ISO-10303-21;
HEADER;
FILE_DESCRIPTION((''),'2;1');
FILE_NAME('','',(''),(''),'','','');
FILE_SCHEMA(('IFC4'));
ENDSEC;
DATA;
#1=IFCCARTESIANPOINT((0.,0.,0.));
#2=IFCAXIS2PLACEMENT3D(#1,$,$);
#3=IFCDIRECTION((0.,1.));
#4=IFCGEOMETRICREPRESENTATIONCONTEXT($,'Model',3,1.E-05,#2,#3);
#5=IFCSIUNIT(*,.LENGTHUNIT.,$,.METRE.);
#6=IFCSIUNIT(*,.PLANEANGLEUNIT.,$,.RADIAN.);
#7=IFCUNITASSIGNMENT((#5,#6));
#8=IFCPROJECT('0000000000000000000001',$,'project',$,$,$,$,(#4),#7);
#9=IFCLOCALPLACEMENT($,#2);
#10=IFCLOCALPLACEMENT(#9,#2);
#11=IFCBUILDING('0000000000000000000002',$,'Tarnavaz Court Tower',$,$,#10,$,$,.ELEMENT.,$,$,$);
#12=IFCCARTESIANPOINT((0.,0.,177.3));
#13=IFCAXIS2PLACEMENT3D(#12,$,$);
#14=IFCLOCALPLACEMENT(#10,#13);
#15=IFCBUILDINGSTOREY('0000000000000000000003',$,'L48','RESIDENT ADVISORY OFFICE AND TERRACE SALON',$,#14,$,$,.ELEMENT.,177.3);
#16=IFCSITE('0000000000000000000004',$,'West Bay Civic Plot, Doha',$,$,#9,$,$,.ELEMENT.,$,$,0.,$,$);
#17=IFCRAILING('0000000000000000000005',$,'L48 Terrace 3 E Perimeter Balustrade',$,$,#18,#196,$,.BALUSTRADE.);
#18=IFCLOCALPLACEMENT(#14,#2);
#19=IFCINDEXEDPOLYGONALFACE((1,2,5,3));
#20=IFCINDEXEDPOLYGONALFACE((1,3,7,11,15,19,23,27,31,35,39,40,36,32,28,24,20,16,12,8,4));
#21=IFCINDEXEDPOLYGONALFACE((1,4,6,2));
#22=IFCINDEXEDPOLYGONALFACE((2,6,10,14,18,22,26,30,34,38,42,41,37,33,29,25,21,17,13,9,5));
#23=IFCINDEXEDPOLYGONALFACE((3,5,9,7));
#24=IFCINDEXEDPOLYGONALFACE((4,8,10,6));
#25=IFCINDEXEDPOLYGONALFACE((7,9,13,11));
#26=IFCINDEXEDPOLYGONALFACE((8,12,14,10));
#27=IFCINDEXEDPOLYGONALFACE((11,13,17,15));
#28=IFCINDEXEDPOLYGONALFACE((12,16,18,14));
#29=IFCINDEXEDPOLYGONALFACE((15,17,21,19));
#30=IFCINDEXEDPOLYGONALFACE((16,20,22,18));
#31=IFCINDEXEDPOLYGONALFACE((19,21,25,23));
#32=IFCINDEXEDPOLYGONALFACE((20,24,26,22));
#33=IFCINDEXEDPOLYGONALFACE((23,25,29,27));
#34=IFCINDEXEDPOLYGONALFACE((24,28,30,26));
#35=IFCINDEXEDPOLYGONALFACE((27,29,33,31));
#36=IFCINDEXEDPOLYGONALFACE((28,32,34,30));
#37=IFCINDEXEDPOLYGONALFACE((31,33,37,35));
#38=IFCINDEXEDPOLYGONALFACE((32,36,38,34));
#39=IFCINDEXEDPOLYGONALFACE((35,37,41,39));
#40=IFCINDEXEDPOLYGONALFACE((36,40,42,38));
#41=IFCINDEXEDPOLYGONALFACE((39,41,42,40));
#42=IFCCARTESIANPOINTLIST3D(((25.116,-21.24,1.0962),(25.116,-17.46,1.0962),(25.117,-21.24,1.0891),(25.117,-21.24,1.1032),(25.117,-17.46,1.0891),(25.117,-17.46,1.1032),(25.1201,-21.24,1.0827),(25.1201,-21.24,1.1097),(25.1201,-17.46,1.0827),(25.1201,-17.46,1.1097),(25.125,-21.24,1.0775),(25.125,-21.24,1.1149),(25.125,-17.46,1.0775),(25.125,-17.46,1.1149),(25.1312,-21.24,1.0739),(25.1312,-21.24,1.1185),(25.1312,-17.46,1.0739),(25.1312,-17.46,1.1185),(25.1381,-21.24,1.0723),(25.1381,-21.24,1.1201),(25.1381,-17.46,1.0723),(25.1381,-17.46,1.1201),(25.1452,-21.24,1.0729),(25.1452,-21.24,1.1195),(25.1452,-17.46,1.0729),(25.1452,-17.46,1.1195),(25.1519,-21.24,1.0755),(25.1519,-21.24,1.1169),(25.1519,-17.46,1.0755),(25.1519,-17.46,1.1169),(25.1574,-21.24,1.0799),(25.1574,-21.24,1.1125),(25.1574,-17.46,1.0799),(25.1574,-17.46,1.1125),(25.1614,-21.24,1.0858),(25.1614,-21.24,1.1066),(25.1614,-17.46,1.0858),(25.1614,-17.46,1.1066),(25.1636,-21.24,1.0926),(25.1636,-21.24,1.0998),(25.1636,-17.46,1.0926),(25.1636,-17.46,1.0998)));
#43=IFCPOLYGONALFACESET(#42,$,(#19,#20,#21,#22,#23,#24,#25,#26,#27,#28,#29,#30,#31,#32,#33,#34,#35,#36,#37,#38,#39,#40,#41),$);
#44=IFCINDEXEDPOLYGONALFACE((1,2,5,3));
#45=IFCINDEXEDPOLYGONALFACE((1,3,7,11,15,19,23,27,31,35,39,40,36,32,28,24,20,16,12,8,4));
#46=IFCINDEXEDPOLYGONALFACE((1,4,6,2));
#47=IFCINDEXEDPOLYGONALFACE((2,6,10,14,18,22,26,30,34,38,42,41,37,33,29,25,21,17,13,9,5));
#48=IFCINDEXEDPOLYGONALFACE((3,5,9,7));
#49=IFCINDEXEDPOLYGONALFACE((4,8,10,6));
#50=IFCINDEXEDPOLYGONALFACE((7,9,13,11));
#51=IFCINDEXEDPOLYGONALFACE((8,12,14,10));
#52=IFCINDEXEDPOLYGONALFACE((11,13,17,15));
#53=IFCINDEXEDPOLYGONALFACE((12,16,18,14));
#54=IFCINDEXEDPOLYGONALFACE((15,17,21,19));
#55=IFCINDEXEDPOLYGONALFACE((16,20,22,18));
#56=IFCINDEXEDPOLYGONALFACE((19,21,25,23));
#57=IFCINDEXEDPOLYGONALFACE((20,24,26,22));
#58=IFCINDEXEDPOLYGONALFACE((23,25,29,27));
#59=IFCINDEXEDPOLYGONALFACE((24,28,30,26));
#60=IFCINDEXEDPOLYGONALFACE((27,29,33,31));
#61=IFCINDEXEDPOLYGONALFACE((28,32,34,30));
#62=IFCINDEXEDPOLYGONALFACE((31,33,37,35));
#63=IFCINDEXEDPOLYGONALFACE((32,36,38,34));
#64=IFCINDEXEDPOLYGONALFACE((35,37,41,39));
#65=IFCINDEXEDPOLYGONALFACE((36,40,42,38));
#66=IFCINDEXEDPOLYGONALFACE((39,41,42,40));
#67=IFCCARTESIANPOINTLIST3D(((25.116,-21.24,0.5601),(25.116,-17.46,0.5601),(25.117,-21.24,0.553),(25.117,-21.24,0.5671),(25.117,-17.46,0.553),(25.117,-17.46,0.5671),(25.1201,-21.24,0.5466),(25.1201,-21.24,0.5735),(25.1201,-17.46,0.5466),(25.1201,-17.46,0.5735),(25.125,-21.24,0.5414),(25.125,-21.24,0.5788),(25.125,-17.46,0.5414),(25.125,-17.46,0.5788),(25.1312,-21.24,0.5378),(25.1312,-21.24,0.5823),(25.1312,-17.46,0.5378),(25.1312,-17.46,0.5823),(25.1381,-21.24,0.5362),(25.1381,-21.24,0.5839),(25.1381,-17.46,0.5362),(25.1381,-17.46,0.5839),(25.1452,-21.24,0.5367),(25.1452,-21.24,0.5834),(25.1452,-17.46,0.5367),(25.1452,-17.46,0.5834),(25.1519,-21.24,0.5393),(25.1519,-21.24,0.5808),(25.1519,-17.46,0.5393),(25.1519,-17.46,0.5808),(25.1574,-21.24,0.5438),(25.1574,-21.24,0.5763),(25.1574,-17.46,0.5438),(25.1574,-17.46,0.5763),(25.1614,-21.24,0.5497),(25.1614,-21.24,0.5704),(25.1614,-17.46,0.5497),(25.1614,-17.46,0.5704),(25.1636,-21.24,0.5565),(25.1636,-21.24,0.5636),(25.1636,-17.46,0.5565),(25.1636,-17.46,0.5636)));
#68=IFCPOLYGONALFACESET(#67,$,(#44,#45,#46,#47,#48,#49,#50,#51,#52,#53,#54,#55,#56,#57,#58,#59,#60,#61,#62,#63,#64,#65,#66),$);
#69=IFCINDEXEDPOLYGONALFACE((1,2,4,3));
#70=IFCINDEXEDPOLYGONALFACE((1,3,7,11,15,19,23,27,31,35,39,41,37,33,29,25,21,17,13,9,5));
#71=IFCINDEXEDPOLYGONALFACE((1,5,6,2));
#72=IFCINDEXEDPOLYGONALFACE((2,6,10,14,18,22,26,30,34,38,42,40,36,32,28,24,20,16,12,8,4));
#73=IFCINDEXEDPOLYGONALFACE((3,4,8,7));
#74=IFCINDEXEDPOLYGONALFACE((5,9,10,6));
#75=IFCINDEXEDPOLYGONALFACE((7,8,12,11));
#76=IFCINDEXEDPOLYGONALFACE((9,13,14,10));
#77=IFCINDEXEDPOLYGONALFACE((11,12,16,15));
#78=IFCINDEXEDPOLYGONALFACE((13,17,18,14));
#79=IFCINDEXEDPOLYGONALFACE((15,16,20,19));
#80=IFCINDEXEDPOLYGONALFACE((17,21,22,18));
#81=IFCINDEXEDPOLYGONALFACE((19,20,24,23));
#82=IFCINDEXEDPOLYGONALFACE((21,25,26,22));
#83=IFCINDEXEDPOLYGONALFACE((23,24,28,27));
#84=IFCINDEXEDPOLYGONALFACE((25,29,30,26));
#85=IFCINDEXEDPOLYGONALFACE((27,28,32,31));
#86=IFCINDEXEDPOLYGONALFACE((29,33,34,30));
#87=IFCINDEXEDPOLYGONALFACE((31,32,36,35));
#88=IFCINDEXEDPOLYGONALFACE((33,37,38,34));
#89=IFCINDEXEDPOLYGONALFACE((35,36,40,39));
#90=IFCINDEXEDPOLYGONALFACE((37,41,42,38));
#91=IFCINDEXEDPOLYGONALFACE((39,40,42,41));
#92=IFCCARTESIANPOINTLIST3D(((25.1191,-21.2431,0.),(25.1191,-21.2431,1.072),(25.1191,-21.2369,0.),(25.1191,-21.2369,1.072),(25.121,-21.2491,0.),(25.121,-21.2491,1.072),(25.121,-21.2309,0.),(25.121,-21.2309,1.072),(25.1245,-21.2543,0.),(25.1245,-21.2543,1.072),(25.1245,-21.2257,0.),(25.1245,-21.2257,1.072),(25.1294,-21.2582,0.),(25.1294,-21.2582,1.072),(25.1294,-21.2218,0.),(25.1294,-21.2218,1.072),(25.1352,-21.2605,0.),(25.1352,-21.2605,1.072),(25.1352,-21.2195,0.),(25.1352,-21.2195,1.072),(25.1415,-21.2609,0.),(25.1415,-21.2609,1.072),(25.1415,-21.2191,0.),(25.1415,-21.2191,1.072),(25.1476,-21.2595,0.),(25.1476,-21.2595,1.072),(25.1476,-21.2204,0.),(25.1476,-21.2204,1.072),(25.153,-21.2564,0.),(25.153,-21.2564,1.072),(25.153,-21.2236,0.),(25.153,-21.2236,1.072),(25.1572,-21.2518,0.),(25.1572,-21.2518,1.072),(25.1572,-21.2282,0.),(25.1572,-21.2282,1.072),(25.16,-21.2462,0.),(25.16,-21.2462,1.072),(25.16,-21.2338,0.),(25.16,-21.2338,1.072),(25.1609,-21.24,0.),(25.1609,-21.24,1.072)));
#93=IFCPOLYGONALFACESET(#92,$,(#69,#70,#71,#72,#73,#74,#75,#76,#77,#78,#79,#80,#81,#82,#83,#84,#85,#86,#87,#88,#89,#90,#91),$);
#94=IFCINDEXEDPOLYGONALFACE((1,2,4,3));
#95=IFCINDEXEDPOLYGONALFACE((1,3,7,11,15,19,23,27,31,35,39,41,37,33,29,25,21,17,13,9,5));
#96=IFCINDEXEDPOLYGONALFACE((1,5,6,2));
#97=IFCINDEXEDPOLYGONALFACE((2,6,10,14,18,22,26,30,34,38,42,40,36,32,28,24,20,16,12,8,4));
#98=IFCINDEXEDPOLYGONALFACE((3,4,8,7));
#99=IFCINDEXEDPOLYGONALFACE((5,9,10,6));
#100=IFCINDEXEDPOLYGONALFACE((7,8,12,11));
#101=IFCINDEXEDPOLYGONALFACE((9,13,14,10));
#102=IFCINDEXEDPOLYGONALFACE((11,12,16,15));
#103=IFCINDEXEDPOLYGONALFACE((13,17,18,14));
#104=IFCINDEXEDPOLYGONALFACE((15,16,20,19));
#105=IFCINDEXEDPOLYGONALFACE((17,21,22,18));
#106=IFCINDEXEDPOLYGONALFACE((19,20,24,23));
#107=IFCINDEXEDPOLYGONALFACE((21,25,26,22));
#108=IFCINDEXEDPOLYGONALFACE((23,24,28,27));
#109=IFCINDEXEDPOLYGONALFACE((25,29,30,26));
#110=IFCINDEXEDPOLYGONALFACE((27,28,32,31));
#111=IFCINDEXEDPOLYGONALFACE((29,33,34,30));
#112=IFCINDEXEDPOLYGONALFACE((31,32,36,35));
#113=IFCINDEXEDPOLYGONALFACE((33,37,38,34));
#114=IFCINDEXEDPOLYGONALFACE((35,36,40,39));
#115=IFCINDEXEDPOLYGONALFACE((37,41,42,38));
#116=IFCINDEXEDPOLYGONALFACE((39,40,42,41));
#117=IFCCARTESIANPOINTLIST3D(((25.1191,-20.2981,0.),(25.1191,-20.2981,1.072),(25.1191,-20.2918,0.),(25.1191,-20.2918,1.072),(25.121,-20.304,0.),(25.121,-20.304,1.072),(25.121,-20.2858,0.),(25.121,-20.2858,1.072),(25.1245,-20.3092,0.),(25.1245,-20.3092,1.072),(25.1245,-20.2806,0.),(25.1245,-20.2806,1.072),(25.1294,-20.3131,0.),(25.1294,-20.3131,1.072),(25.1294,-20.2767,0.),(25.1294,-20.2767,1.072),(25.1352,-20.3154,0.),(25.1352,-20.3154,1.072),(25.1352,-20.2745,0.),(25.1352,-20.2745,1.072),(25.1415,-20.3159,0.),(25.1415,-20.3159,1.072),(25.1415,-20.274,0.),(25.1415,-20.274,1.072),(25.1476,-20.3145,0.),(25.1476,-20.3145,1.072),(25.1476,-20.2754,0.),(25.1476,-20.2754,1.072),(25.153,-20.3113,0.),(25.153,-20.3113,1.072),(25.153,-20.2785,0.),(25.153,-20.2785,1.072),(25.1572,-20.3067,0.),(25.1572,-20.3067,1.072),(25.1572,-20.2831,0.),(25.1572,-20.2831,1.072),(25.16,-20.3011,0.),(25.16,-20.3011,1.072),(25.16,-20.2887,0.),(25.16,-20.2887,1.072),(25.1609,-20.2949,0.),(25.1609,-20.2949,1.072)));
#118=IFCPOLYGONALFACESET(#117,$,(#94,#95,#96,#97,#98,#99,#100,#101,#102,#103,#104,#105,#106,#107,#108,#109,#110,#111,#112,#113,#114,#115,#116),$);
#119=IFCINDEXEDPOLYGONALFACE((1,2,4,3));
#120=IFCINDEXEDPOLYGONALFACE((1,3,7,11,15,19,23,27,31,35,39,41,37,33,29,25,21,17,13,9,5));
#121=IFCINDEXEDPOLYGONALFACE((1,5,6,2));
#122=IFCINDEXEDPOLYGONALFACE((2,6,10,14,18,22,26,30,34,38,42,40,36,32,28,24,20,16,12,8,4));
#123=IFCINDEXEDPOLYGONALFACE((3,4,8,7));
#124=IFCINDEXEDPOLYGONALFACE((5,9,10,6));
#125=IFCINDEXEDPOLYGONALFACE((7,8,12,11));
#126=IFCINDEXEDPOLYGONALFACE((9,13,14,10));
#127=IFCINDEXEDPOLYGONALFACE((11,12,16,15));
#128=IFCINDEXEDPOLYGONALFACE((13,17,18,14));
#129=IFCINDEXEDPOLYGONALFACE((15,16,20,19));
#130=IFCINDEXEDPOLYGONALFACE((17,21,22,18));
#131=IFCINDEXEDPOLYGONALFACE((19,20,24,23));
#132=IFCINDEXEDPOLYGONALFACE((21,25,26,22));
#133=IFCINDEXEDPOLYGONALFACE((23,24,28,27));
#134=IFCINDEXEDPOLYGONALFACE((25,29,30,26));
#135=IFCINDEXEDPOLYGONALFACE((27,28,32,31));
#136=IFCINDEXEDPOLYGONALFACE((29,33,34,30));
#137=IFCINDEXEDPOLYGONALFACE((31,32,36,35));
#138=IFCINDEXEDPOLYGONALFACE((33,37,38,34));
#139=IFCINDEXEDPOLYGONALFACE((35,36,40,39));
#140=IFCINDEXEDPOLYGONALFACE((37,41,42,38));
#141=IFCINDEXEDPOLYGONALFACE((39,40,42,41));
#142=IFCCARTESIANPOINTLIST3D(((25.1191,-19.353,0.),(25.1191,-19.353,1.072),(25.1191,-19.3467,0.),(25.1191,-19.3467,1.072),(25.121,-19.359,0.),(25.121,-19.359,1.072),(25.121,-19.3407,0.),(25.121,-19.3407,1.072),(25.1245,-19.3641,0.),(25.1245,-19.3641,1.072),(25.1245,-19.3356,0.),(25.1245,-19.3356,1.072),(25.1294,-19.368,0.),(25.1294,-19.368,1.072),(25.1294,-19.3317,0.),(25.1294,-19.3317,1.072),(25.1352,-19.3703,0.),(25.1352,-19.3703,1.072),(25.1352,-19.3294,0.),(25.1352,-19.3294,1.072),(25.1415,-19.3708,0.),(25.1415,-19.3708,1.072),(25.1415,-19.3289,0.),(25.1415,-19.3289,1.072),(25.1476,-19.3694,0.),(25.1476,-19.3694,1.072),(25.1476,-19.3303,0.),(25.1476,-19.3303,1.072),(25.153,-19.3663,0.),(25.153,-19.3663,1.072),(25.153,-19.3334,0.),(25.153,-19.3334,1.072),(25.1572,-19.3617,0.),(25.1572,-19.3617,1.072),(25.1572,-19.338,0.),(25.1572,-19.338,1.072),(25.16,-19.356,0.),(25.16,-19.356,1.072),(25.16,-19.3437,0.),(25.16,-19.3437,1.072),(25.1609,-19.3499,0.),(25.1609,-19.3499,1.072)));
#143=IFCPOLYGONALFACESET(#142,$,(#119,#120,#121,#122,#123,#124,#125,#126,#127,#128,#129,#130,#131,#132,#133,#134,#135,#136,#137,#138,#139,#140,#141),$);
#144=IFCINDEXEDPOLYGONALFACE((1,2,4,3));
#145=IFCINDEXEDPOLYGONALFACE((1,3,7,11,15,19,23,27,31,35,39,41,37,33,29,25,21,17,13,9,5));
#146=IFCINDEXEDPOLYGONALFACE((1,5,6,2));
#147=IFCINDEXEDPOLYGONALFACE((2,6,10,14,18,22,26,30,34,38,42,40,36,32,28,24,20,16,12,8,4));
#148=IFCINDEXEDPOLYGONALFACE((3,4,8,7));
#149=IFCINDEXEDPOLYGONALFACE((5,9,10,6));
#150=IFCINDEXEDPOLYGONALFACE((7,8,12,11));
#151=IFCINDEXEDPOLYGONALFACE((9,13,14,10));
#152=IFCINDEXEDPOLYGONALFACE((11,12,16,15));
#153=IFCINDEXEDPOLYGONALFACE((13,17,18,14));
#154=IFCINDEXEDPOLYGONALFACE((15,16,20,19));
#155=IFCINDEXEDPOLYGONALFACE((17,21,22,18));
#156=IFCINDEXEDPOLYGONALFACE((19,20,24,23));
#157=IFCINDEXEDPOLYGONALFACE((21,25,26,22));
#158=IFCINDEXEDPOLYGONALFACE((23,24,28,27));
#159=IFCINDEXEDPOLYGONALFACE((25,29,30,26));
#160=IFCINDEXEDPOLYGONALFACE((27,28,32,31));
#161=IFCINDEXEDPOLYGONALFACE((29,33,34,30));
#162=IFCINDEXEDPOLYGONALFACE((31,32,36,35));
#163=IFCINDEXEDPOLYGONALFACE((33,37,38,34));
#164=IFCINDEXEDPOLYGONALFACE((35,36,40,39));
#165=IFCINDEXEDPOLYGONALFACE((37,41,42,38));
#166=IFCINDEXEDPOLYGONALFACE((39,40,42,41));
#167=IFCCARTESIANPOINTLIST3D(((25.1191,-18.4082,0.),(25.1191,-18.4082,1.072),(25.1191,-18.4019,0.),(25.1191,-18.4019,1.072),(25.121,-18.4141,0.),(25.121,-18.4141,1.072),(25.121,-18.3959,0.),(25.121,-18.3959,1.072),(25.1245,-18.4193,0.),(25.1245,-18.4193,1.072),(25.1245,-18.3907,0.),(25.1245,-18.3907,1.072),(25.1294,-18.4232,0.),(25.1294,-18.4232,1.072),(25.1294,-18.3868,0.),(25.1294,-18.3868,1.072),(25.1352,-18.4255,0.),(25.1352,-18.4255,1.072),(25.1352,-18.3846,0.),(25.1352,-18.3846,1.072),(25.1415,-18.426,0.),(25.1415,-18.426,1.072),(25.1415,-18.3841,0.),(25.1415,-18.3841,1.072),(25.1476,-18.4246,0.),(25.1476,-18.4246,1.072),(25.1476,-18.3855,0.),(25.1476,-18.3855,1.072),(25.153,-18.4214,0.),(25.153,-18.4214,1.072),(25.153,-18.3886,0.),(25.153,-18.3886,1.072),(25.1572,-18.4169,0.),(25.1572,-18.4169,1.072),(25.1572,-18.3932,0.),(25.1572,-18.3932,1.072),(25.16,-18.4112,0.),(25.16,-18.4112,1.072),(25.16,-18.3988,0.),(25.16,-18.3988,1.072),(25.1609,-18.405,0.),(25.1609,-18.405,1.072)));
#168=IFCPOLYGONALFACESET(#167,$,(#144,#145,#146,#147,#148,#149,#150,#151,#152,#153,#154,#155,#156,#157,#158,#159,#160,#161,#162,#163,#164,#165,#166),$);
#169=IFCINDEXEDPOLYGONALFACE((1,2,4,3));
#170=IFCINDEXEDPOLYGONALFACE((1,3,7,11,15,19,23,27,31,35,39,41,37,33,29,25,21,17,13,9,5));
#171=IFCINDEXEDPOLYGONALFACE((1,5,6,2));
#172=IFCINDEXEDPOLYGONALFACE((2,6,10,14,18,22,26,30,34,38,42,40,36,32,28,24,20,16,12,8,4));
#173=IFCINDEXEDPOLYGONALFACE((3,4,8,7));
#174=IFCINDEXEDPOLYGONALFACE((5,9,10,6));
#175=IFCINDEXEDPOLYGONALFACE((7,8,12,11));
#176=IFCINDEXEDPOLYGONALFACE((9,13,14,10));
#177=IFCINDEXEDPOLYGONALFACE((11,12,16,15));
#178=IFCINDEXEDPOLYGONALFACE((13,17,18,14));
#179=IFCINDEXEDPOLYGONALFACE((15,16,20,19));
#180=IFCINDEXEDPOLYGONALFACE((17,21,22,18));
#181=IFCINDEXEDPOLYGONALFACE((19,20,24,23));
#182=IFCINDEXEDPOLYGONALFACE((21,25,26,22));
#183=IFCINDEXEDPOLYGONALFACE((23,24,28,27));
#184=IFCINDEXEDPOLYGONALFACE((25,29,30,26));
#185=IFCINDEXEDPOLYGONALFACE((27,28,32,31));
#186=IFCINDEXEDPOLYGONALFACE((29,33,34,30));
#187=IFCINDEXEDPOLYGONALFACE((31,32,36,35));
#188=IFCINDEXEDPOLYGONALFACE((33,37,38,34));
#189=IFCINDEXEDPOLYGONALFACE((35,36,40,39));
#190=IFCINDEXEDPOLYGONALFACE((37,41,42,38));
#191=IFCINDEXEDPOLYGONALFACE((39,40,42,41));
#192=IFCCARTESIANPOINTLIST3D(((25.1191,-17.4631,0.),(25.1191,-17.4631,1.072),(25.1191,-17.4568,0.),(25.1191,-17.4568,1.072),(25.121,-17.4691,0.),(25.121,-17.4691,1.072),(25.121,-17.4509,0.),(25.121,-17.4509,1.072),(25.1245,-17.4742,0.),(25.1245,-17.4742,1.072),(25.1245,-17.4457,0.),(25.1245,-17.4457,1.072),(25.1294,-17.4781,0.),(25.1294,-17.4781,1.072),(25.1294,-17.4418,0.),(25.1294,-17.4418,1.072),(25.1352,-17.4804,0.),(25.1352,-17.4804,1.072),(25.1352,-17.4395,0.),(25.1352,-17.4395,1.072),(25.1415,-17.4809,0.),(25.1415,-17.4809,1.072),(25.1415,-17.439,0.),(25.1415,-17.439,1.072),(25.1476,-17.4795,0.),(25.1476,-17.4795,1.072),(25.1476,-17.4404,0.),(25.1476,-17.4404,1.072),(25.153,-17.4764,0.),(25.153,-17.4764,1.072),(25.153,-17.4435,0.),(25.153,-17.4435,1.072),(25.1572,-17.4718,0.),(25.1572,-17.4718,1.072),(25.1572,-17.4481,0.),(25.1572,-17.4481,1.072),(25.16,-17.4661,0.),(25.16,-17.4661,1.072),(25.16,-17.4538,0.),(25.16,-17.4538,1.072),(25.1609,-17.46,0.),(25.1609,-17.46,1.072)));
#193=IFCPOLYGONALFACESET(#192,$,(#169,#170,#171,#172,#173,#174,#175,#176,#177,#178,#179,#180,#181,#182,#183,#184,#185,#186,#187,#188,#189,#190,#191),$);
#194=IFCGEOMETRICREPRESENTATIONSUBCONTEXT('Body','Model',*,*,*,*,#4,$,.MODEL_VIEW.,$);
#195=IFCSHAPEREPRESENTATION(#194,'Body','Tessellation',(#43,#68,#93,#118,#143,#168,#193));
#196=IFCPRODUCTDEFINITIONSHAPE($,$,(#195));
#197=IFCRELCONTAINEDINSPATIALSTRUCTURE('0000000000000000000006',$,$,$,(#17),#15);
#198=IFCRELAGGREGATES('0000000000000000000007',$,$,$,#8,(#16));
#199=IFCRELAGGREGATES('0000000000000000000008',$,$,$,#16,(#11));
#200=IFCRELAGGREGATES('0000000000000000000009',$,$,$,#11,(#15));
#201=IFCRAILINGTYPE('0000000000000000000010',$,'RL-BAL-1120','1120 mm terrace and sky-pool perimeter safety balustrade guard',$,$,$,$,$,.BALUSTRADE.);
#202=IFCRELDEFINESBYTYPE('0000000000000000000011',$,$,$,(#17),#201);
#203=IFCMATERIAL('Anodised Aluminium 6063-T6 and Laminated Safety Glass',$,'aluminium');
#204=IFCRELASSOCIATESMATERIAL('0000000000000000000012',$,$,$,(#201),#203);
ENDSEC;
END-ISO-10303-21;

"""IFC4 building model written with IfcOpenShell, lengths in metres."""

from ifc_helpers import new_model, si_unit, direction, frame, origin, origin_2d, place, context, subcontext, project, spatial, circle, extrude, material, type_object, element, save


model = new_model("IFC4")

# Units and contexts
model_context = context("Model", 3, precision=1e-05, world=origin(), true_north=direction((0.0, 1.0)))
body_context = subcontext(model_context, "Body", "Model", "MODEL_VIEW")
ifc_project = project(units=[si_unit("LENGTHUNIT", "METRE"), si_unit("PLANEANGLEUNIT", "RADIAN")], contexts=[model_context])

# Site, building, storey
site_placement = place(None, origin())
site = spatial("IfcSite", under=ifc_project, at=site_placement, Name="West Bay Civic Plot, Doha", CompositionType="ELEMENT", RefElevation=0.0)
building_placement = place(site_placement, origin())
building = spatial("IfcBuilding", under=site, at=building_placement, Name="Tarnavaz Court Tower", CompositionType="ELEMENT")
storey_placement = place(building_placement, frame((0.0, 0.0, 177.3)))
storey = spatial("IfcBuildingStorey", under=building, at=storey_placement, Name="L48", Description="RESIDENT ADVISORY OFFICE AND TERRACE SALON", CompositionType="ELEMENT", Elevation=177.3)

# Railing
ifc_material_1 = material(Name="Anodised Aluminium 6063-T6 and Laminated Safety Glass", Category="aluminium")
railing_type = type_object("IfcRailingType", Name="RL-BAL-1120", Description="1120 mm terrace and sky-pool perimeter safety balustrade guard", PredefinedType="BALUSTRADE", material=ifc_material_1)
railing_1_placement = place(storey_placement, frame((25.1399, -21.24, 0.0)))
element("IfcRailing", 1, at=railing_1_placement, inside=storey, type_object=railing_type, Name="L48 Terrace 3 E Perimeter Balustrade", PredefinedType="BALUSTRADE", context=body_context, shape_type="SweptSolid", body=[
    extrude(circle(Radius=0.0239, at=origin_2d()), frame((0.0, 0.0, 1.0962), z_axis=(0.0, 1.0, 0.0), x_axis=(-1.0, 0.0, 0.0)), (0.0, 0.0, 1.0), 3.78),
    extrude(circle(Radius=0.0239, at=origin_2d()), frame((0.0, 0.0, 0.5601), z_axis=(0.0, 1.0, 0.0), x_axis=(-1.0, 0.0, 0.0)), (0.0, 0.0, 1.0), 3.78),
    extrude(circle(Radius=0.021, at=origin_2d()), origin(), (0.0, 0.0, 1.0), 1.072),
    extrude(circle(Radius=0.021, at=origin_2d()), frame((0.0, 0.9451, 0.0)), (0.0, 0.0, 1.0), 1.072),
    extrude(circle(Radius=0.021, at=origin_2d()), frame((0.0, 1.8901, 0.0)), (0.0, 0.0, 1.0), 1.072),
    extrude(circle(Radius=0.021, at=origin_2d()), frame((0.0, 2.835, 0.0)), (0.0, 0.0, 1.0), 1.072),
    extrude(circle(Radius=0.021, at=origin_2d()), frame((0.0, 3.78, 0.0)), (0.0, 0.0, 1.0), 1.072),
])

save(model, "model.ifc")
